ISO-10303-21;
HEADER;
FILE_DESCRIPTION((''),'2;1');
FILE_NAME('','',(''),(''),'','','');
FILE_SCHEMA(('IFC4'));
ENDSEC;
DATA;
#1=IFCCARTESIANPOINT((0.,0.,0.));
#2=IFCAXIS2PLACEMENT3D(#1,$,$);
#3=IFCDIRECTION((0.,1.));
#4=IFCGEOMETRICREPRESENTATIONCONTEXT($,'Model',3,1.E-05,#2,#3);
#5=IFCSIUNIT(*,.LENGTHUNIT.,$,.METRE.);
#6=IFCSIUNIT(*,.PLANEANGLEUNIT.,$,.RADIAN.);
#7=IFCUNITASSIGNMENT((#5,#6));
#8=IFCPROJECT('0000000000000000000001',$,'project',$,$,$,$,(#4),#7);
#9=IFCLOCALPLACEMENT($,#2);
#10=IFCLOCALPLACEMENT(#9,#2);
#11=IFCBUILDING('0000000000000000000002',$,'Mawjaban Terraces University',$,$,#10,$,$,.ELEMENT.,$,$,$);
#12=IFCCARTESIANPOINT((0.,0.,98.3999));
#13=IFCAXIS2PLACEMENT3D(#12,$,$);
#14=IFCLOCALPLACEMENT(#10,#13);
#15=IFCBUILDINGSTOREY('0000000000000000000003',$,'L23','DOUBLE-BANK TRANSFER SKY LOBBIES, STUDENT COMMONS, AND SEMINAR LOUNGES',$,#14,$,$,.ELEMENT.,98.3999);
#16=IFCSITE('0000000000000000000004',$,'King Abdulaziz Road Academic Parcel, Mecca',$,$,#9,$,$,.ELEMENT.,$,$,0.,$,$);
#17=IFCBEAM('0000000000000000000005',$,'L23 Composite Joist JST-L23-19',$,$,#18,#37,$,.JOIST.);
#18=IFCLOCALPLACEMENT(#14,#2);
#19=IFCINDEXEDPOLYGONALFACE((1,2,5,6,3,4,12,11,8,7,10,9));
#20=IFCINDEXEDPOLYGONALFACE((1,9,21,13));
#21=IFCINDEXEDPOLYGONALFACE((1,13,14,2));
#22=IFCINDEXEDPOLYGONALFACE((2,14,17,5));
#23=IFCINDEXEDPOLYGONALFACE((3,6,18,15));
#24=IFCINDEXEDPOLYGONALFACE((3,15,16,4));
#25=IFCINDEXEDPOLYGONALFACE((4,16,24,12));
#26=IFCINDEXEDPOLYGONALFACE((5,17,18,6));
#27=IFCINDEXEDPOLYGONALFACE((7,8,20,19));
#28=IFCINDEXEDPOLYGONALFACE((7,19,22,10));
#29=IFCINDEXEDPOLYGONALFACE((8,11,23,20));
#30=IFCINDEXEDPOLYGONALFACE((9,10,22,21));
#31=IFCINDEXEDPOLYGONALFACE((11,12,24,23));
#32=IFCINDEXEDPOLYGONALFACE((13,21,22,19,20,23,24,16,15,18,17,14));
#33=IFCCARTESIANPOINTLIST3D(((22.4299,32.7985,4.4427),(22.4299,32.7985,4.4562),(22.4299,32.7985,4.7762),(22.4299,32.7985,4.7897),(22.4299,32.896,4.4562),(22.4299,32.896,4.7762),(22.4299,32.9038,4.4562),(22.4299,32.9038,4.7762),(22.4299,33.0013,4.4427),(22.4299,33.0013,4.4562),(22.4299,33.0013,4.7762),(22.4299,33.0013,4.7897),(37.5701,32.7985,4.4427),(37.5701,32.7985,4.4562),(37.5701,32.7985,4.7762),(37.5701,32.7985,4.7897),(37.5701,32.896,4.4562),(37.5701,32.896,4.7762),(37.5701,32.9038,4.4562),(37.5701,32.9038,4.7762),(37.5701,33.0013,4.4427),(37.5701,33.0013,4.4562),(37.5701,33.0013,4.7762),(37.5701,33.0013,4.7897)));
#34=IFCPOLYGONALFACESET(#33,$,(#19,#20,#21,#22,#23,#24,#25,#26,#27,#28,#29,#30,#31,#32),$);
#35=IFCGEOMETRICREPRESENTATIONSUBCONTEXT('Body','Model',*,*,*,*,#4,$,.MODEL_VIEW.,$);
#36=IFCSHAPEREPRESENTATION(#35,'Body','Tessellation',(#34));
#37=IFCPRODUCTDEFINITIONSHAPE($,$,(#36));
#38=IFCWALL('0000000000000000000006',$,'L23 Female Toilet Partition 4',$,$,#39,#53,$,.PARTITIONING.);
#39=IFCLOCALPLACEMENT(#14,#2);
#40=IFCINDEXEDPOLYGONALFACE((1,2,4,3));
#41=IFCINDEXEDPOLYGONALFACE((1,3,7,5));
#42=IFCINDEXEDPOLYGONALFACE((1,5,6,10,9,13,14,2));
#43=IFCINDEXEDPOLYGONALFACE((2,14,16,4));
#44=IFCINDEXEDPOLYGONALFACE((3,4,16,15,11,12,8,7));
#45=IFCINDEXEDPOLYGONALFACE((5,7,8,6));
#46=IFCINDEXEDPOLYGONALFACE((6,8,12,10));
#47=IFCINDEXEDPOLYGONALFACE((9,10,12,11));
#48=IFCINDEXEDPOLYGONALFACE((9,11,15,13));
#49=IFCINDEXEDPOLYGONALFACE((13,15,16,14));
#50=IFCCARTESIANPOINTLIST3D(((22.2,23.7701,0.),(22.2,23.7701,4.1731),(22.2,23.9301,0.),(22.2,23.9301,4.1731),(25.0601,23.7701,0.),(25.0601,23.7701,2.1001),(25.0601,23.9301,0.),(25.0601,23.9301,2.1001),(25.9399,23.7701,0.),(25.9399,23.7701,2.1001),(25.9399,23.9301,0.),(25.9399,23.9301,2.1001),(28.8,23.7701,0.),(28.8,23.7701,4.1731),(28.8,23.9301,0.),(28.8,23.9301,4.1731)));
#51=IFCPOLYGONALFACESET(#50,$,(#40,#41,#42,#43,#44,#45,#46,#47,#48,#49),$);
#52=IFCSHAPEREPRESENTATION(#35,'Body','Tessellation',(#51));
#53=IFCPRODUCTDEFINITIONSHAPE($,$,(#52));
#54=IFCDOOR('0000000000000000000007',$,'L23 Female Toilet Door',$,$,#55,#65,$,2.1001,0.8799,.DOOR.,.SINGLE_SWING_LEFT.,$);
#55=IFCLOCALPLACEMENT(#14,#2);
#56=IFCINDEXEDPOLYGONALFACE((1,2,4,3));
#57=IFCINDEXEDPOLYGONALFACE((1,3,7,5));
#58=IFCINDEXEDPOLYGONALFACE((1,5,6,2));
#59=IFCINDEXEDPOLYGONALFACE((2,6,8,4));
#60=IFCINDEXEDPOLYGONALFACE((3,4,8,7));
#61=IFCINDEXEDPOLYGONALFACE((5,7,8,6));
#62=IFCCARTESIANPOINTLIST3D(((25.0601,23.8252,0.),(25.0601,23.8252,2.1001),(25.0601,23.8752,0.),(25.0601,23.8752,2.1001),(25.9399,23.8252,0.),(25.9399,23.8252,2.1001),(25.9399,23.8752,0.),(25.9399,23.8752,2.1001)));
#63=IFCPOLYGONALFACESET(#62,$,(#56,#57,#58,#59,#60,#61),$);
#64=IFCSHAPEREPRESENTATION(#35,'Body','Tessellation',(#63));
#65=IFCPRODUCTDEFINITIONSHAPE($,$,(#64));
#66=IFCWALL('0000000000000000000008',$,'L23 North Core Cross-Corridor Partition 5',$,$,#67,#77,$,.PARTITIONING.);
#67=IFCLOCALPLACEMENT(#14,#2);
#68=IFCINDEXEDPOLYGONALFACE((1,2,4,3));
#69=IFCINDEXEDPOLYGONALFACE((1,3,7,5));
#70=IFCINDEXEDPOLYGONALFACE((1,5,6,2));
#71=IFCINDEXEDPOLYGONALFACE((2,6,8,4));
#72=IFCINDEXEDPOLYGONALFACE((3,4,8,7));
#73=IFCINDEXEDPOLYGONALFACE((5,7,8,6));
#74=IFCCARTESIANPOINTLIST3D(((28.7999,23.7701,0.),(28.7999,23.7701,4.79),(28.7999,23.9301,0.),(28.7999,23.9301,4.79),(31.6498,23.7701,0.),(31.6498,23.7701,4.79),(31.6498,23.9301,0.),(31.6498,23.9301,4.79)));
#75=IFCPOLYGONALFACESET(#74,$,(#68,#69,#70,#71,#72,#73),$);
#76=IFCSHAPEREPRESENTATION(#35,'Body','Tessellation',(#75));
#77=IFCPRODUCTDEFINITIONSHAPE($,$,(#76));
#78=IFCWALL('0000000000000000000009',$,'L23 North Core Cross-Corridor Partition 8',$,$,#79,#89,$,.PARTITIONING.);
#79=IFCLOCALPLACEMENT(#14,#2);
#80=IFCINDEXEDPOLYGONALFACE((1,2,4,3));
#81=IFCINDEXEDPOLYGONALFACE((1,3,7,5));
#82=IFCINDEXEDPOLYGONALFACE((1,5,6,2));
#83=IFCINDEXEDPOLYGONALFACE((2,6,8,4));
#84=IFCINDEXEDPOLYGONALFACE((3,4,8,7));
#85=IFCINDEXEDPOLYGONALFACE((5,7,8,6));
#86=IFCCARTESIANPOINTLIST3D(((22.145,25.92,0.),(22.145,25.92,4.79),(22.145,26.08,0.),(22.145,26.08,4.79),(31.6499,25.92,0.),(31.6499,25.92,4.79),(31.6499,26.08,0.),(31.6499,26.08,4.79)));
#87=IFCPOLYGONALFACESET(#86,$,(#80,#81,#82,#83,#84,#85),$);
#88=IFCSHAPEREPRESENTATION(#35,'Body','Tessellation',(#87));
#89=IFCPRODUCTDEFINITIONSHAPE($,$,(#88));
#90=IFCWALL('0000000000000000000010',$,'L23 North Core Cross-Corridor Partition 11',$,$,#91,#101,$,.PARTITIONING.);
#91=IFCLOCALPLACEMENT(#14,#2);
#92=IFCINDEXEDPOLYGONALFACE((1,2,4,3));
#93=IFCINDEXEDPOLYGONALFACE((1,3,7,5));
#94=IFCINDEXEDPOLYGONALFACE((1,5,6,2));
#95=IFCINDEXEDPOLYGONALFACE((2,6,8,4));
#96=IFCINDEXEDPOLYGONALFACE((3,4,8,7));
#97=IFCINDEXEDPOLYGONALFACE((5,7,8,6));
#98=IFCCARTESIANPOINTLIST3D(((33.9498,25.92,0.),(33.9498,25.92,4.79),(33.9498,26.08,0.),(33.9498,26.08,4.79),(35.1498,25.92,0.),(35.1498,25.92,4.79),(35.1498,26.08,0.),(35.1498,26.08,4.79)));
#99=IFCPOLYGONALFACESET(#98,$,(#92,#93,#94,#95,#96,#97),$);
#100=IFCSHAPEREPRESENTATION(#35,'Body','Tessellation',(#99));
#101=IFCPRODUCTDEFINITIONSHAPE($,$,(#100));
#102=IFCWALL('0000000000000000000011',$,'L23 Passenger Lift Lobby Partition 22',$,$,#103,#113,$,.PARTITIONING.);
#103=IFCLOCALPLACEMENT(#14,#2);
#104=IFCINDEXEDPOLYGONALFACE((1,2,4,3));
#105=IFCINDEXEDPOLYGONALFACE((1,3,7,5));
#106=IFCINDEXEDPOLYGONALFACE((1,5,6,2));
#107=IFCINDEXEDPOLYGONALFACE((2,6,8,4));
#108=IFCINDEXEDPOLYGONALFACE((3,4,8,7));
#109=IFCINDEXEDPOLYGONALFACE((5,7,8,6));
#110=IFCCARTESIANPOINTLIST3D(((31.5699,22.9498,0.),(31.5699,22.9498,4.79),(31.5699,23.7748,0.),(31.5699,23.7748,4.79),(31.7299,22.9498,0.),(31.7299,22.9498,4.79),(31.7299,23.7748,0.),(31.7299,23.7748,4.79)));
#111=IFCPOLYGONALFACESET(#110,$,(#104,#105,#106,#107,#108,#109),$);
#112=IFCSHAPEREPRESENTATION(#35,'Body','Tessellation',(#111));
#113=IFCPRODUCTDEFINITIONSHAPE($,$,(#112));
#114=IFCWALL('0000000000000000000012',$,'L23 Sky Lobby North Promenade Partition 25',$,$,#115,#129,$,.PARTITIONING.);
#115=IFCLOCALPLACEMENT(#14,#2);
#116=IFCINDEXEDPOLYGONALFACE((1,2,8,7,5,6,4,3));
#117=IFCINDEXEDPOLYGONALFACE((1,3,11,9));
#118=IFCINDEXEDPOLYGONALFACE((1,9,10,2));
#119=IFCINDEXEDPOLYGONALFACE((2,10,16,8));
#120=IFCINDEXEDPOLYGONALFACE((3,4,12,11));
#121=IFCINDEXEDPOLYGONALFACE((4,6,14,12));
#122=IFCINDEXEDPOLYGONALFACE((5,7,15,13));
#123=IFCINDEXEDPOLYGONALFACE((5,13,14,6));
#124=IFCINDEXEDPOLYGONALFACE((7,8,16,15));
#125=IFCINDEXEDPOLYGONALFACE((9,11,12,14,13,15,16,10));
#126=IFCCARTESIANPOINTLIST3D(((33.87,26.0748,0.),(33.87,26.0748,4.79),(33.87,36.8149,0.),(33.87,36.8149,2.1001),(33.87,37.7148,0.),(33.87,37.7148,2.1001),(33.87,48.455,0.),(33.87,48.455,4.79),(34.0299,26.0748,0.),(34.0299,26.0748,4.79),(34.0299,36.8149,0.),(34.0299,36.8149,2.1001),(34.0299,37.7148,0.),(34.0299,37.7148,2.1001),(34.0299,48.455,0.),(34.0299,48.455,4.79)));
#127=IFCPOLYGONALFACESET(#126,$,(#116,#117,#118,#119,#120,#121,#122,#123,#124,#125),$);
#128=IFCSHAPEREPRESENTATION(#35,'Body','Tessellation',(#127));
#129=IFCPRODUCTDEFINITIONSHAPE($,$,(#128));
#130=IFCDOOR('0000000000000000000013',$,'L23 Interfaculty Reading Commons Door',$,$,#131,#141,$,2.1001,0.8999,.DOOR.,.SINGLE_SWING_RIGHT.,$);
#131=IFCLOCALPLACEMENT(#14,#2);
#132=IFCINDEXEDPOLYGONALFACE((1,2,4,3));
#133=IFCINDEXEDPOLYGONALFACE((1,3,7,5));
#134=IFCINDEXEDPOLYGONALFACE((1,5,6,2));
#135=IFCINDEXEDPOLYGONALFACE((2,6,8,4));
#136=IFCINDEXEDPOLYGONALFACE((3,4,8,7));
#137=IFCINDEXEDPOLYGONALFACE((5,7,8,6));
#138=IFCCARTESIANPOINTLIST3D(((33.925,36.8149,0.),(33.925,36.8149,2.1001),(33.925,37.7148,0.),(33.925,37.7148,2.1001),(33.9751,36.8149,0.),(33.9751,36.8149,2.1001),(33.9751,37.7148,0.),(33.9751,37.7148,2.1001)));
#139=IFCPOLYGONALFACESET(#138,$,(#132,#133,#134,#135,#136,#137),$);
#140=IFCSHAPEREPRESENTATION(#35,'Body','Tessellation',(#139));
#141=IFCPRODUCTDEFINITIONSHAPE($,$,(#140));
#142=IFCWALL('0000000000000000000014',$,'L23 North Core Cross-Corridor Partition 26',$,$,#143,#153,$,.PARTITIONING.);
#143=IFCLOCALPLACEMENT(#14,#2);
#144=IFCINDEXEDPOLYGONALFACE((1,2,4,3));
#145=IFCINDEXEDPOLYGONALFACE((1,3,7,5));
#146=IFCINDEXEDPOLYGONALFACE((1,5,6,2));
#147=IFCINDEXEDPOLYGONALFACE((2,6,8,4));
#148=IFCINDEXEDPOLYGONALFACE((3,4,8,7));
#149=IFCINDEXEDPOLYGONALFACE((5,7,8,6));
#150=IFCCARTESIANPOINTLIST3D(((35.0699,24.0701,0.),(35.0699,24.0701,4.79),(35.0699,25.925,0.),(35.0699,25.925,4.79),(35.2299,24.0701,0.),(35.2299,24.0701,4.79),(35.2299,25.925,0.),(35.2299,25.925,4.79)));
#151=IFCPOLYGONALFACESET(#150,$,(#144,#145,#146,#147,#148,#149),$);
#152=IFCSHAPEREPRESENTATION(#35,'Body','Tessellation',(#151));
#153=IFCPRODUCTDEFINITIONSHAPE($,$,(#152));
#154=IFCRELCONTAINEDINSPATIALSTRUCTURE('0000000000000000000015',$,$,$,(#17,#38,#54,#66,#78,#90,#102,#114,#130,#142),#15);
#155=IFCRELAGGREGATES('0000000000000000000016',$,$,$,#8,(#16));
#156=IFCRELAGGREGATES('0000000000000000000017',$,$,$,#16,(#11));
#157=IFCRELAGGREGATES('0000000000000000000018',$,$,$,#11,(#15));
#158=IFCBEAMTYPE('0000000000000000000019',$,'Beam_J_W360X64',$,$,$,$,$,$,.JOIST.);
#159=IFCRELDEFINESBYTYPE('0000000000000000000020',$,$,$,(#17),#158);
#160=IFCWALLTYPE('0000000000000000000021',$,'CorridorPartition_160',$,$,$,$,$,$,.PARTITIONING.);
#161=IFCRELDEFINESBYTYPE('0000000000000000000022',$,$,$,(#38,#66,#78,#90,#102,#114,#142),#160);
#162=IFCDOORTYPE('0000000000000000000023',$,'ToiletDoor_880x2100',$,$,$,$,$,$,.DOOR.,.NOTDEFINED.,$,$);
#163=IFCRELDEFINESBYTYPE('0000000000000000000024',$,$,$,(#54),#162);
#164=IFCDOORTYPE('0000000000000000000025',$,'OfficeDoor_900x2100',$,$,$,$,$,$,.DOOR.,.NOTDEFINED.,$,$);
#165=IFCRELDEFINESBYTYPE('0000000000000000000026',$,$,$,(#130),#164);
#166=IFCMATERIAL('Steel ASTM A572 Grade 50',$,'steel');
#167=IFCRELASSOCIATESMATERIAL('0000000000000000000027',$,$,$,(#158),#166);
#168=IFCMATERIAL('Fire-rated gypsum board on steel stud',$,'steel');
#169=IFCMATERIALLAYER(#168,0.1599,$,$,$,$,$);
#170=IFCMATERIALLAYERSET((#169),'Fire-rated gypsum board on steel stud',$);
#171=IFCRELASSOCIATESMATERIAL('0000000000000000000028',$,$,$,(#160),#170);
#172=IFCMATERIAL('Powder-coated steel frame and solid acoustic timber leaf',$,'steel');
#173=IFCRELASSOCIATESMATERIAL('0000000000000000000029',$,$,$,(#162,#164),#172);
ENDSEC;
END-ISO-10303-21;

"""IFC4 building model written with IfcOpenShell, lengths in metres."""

from ifc_helpers import new_model, si_unit, direction, frame, frame_2d, origin, origin_2d, place, context, subcontext, project, spatial, rectangle, i_section, extrude, material, layer, layer_set, material_profile, profile_set, type_object, element, fill, save


model = new_model("IFC4")

# Units and contexts
model_context = context("Model", 3, precision=1e-05, world=origin(), true_north=direction((0.0, 1.0)))
body_context = subcontext(model_context, "Body", "Model", "MODEL_VIEW")
ifc_project = project(units=[si_unit("LENGTHUNIT", "METRE"), si_unit("PLANEANGLEUNIT", "RADIAN")], contexts=[model_context])

# Site, building, storey
site_placement = place(None, origin())
site = spatial("IfcSite", under=ifc_project, at=site_placement, Name="King Abdulaziz Road Academic Parcel, Mecca", CompositionType="ELEMENT", RefElevation=0.0)
building_placement = place(site_placement, origin())
building = spatial("IfcBuilding", under=site, at=building_placement, Name="Mawjaban Terraces University", CompositionType="ELEMENT")
storey_placement = place(building_placement, frame((0.0, 0.0, 98.3999)))
storey = spatial("IfcBuildingStorey", under=building, at=storey_placement, Name="L23", Description="DOUBLE-BANK TRANSFER SKY LOBBIES, STUDENT COMMONS, AND SEMINAR LOUNGES", CompositionType="ELEMENT", Elevation=98.3999)

# Beam
ifc_material_1 = material(Name="Steel ASTM A572 Grade 50", Category="steel")
ifc_material_profile_1 = material_profile(ifc_material_1, i_section(OverallWidth=0.2029, OverallDepth=0.3469, WebThickness=0.0078, FlangeThickness=0.0134, at=origin_2d()), Name="W360X64")
ifc_profile_set_1 = profile_set([ifc_material_profile_1], Name="Steel ASTM A572 Grade 50")
beam_type_1 = type_object("IfcBeamType", Name="Beam_J_W360X64", PredefinedType="JOIST", material=ifc_profile_set_1)
for number, where, z_axis, x_axis, name in (
    (1, (22.4299, 32.8999, 4.6162), (1.0, 0.0, 0.0), (0.0, 1.0, 0.0), "L23 Composite Joist JST-L23-19"),
):
    element("IfcBeam", number, at=place(storey_placement, frame(where, z_axis=z_axis, x_axis=x_axis)), inside=storey, type_object=beam_type_1, Name=name, PredefinedType="JOIST", context=body_context, shape_type="SweptSolid", body=[
        extrude(i_section(OverallWidth=0.2029, OverallDepth=0.3469, WebThickness=0.0078, FlangeThickness=0.0134, at=origin_2d()), origin(), (0.0, 0.0, 1.0), 15.1401),
    ])

# Wall, opening, door
ifc_material_2 = material(Name="Fire-rated gypsum board on steel stud", Category="steel")
ifc_layer_1 = layer(ifc_material_2, 0.1599)
ifc_layer_set_1 = layer_set([ifc_layer_1], Name="Fire-rated gypsum board on steel stud")
wall_type_1 = type_object("IfcWallType", Name="CorridorPartition_160", PredefinedType="PARTITIONING", material=ifc_layer_set_1)
wall_1_placement = place(storey_placement, frame((28.8, 23.8501, 0.0), z_axis=(0.0, 0.0, 1.0), x_axis=(-1.0, 0.0, 0.0)))
wall_1 = element("IfcWall", 2, at=wall_1_placement, inside=storey, type_object=wall_type_1, Name="L23 Female Toilet Partition 4", PredefinedType="PARTITIONING", context=body_context, shape_type="SweptSolid", body=[
    extrude(rectangle(XDim=6.6001, YDim=0.1599, at=frame_2d((3.3, 0.0))), origin(), (0.0, 0.0, 1.0), 4.1731),
])
opening_1_placement = place(wall_1_placement, frame((2.8601, 0.0, 0.0)))
opening_1 = element("IfcOpeningElement", 3, at=opening_1_placement, cuts=wall_1, PredefinedType="OPENING", context=body_context, shape_type="SweptSolid", body=[
    extrude(rectangle(XDim=0.8799, YDim=2.1001, at=frame_2d((0.4399, 1.05))), frame((0.0, 0.0898, 0.0), z_axis=(0.0, -1.0, 0.0), x_axis=(1.0, 0.0, 0.0)), (0.0, 0.0, 1.0), 0.1799),
])
ifc_material_3 = material(Name="Powder-coated steel frame and solid acoustic timber leaf", Category="steel")
door_type_1 = type_object("IfcDoorType", Name="ToiletDoor_880x2100", OperationType="NOTDEFINED", PredefinedType="DOOR", material=ifc_material_3)
door_1_placement = place(opening_1_placement, origin())
door_1 = element("IfcDoor", 4, at=door_1_placement, inside=storey, type_object=door_type_1, Name="L23 Female Toilet Door", OperationType="SINGLE_SWING_LEFT", OverallHeight=2.1001, OverallWidth=0.8799, PredefinedType="DOOR", context=body_context, shape_type="SweptSolid", body=[
    extrude(rectangle(XDim=0.8799, YDim=2.1001, at=frame_2d((0.4399, 1.05))), frame((0.0, 0.0249, 0.0), z_axis=(0.0, -1.0, 0.0), x_axis=(1.0, 0.0, 0.0)), (0.0, 0.0, 1.0), 0.05),
])
fill(opening_1, door_1)

# Walls
wall_2_placement = place(storey_placement, frame((28.8, 23.8501, 0.0), z_axis=(0.0, 0.0, 1.0), x_axis=(1.0, 0.0, 0.0)))
element("IfcWall", 5, at=wall_2_placement, inside=storey, type_object=wall_type_1, Name="L23 North Core Cross-Corridor Partition 5", PredefinedType="PARTITIONING", context=body_context, shape_type="SweptSolid", body=[
    extrude(rectangle(XDim=2.8499, YDim=0.1599, at=frame_2d((1.4248, 0.0))), origin(), (0.0, 0.0, 1.0), 4.79),
])
wall_3_placement = place(storey_placement, frame((31.6499, 26.0, 0.0), z_axis=(0.0, 0.0, 1.0), x_axis=(-1.0, 0.0, 0.0)))
element("IfcWall", 6, at=wall_3_placement, inside=storey, type_object=wall_type_1, Name="L23 North Core Cross-Corridor Partition 8", PredefinedType="PARTITIONING", context=body_context, shape_type="SweptSolid", body=[
    extrude(rectangle(XDim=9.5049, YDim=0.1599, at=frame_2d((4.7524, 0.0))), origin(), (0.0, 0.0, 1.0), 4.79),
])
wall_4_placement = place(storey_placement, frame((35.1499, 26.0, 0.0), z_axis=(0.0, 0.0, 1.0), x_axis=(-1.0, 0.0, 0.0)))
element("IfcWall", 7, at=wall_4_placement, inside=storey, type_object=wall_type_1, Name="L23 North Core Cross-Corridor Partition 11", PredefinedType="PARTITIONING", context=body_context, shape_type="SweptSolid", body=[
    extrude(rectangle(XDim=1.2, YDim=0.1599, at=frame_2d((0.6001, 0.0))), origin(), (0.0, 0.0, 1.0), 4.79),
])
wall_5_placement = place(storey_placement, frame((31.6499, 23.7749, 0.0), z_axis=(0.0, 0.0, 1.0), x_axis=(0.0, -1.0, 0.0)))
element("IfcWall", 8, at=wall_5_placement, inside=storey, type_object=wall_type_1, Name="L23 Passenger Lift Lobby Partition 22", PredefinedType="PARTITIONING", context=body_context, shape_type="SweptSolid", body=[
    extrude(rectangle(XDim=0.825, YDim=0.1599, at=frame_2d((0.4126, 0.0))), origin(), (0.0, 0.0, 1.0), 4.79),
])

# Wall, opening, door
wall_6_placement = place(storey_placement, frame((33.95, 26.075, 0.0), z_axis=(0.0, 0.0, 1.0), x_axis=(0.0, 1.0, 0.0)))
wall_6 = element("IfcWall", 9, at=wall_6_placement, inside=storey, type_object=wall_type_1, Name="L23 Sky Lobby North Promenade Partition 25", PredefinedType="PARTITIONING", context=body_context, shape_type="SweptSolid", body=[
    extrude(rectangle(XDim=22.3801, YDim=0.1599, at=frame_2d((11.1899, 0.0))), origin(), (0.0, 0.0, 1.0), 4.79),
])
opening_2_placement = place(wall_6_placement, frame((10.74, 0.0, 0.0)))
opening_2 = element("IfcOpeningElement", 10, at=opening_2_placement, cuts=wall_6, PredefinedType="OPENING", context=body_context, shape_type="SweptSolid", body=[
    extrude(rectangle(XDim=0.8999, YDim=2.1001, at=frame_2d((0.45, 1.05))), frame((0.0, 0.0898, 0.0), z_axis=(0.0, -1.0, 0.0), x_axis=(1.0, 0.0, 0.0)), (0.0, 0.0, 1.0), 0.1799),
])
door_type_2 = type_object("IfcDoorType", Name="OfficeDoor_900x2100", OperationType="NOTDEFINED", PredefinedType="DOOR", material=ifc_material_3)
door_2_placement = place(opening_2_placement, origin())
door_2 = element("IfcDoor", 11, at=door_2_placement, inside=storey, type_object=door_type_2, Name="L23 Interfaculty Reading Commons Door", OperationType="SINGLE_SWING_RIGHT", OverallHeight=2.1001, OverallWidth=0.8999, PredefinedType="DOOR", context=body_context, shape_type="SweptSolid", body=[
    extrude(rectangle(XDim=0.8999, YDim=2.1001, at=frame_2d((0.45, 1.05))), frame((0.0, 0.0249, 0.0), z_axis=(0.0, -1.0, 0.0), x_axis=(1.0, 0.0, 0.0)), (0.0, 0.0, 1.0), 0.05),
])
fill(opening_2, door_2)

# Wall
wall_7_placement = place(storey_placement, frame((35.1499, 24.0701, 0.0), z_axis=(0.0, 0.0, 1.0), x_axis=(0.0, 1.0, 0.0)))
element("IfcWall", 12, at=wall_7_placement, inside=storey, type_object=wall_type_1, Name="L23 North Core Cross-Corridor Partition 26", PredefinedType="PARTITIONING", context=body_context, shape_type="SweptSolid", body=[
    extrude(rectangle(XDim=1.855, YDim=0.1599, at=frame_2d((0.9275, 0.0))), origin(), (0.0, 0.0, 1.0), 4.79),
])

save(model, "model.ifc")
